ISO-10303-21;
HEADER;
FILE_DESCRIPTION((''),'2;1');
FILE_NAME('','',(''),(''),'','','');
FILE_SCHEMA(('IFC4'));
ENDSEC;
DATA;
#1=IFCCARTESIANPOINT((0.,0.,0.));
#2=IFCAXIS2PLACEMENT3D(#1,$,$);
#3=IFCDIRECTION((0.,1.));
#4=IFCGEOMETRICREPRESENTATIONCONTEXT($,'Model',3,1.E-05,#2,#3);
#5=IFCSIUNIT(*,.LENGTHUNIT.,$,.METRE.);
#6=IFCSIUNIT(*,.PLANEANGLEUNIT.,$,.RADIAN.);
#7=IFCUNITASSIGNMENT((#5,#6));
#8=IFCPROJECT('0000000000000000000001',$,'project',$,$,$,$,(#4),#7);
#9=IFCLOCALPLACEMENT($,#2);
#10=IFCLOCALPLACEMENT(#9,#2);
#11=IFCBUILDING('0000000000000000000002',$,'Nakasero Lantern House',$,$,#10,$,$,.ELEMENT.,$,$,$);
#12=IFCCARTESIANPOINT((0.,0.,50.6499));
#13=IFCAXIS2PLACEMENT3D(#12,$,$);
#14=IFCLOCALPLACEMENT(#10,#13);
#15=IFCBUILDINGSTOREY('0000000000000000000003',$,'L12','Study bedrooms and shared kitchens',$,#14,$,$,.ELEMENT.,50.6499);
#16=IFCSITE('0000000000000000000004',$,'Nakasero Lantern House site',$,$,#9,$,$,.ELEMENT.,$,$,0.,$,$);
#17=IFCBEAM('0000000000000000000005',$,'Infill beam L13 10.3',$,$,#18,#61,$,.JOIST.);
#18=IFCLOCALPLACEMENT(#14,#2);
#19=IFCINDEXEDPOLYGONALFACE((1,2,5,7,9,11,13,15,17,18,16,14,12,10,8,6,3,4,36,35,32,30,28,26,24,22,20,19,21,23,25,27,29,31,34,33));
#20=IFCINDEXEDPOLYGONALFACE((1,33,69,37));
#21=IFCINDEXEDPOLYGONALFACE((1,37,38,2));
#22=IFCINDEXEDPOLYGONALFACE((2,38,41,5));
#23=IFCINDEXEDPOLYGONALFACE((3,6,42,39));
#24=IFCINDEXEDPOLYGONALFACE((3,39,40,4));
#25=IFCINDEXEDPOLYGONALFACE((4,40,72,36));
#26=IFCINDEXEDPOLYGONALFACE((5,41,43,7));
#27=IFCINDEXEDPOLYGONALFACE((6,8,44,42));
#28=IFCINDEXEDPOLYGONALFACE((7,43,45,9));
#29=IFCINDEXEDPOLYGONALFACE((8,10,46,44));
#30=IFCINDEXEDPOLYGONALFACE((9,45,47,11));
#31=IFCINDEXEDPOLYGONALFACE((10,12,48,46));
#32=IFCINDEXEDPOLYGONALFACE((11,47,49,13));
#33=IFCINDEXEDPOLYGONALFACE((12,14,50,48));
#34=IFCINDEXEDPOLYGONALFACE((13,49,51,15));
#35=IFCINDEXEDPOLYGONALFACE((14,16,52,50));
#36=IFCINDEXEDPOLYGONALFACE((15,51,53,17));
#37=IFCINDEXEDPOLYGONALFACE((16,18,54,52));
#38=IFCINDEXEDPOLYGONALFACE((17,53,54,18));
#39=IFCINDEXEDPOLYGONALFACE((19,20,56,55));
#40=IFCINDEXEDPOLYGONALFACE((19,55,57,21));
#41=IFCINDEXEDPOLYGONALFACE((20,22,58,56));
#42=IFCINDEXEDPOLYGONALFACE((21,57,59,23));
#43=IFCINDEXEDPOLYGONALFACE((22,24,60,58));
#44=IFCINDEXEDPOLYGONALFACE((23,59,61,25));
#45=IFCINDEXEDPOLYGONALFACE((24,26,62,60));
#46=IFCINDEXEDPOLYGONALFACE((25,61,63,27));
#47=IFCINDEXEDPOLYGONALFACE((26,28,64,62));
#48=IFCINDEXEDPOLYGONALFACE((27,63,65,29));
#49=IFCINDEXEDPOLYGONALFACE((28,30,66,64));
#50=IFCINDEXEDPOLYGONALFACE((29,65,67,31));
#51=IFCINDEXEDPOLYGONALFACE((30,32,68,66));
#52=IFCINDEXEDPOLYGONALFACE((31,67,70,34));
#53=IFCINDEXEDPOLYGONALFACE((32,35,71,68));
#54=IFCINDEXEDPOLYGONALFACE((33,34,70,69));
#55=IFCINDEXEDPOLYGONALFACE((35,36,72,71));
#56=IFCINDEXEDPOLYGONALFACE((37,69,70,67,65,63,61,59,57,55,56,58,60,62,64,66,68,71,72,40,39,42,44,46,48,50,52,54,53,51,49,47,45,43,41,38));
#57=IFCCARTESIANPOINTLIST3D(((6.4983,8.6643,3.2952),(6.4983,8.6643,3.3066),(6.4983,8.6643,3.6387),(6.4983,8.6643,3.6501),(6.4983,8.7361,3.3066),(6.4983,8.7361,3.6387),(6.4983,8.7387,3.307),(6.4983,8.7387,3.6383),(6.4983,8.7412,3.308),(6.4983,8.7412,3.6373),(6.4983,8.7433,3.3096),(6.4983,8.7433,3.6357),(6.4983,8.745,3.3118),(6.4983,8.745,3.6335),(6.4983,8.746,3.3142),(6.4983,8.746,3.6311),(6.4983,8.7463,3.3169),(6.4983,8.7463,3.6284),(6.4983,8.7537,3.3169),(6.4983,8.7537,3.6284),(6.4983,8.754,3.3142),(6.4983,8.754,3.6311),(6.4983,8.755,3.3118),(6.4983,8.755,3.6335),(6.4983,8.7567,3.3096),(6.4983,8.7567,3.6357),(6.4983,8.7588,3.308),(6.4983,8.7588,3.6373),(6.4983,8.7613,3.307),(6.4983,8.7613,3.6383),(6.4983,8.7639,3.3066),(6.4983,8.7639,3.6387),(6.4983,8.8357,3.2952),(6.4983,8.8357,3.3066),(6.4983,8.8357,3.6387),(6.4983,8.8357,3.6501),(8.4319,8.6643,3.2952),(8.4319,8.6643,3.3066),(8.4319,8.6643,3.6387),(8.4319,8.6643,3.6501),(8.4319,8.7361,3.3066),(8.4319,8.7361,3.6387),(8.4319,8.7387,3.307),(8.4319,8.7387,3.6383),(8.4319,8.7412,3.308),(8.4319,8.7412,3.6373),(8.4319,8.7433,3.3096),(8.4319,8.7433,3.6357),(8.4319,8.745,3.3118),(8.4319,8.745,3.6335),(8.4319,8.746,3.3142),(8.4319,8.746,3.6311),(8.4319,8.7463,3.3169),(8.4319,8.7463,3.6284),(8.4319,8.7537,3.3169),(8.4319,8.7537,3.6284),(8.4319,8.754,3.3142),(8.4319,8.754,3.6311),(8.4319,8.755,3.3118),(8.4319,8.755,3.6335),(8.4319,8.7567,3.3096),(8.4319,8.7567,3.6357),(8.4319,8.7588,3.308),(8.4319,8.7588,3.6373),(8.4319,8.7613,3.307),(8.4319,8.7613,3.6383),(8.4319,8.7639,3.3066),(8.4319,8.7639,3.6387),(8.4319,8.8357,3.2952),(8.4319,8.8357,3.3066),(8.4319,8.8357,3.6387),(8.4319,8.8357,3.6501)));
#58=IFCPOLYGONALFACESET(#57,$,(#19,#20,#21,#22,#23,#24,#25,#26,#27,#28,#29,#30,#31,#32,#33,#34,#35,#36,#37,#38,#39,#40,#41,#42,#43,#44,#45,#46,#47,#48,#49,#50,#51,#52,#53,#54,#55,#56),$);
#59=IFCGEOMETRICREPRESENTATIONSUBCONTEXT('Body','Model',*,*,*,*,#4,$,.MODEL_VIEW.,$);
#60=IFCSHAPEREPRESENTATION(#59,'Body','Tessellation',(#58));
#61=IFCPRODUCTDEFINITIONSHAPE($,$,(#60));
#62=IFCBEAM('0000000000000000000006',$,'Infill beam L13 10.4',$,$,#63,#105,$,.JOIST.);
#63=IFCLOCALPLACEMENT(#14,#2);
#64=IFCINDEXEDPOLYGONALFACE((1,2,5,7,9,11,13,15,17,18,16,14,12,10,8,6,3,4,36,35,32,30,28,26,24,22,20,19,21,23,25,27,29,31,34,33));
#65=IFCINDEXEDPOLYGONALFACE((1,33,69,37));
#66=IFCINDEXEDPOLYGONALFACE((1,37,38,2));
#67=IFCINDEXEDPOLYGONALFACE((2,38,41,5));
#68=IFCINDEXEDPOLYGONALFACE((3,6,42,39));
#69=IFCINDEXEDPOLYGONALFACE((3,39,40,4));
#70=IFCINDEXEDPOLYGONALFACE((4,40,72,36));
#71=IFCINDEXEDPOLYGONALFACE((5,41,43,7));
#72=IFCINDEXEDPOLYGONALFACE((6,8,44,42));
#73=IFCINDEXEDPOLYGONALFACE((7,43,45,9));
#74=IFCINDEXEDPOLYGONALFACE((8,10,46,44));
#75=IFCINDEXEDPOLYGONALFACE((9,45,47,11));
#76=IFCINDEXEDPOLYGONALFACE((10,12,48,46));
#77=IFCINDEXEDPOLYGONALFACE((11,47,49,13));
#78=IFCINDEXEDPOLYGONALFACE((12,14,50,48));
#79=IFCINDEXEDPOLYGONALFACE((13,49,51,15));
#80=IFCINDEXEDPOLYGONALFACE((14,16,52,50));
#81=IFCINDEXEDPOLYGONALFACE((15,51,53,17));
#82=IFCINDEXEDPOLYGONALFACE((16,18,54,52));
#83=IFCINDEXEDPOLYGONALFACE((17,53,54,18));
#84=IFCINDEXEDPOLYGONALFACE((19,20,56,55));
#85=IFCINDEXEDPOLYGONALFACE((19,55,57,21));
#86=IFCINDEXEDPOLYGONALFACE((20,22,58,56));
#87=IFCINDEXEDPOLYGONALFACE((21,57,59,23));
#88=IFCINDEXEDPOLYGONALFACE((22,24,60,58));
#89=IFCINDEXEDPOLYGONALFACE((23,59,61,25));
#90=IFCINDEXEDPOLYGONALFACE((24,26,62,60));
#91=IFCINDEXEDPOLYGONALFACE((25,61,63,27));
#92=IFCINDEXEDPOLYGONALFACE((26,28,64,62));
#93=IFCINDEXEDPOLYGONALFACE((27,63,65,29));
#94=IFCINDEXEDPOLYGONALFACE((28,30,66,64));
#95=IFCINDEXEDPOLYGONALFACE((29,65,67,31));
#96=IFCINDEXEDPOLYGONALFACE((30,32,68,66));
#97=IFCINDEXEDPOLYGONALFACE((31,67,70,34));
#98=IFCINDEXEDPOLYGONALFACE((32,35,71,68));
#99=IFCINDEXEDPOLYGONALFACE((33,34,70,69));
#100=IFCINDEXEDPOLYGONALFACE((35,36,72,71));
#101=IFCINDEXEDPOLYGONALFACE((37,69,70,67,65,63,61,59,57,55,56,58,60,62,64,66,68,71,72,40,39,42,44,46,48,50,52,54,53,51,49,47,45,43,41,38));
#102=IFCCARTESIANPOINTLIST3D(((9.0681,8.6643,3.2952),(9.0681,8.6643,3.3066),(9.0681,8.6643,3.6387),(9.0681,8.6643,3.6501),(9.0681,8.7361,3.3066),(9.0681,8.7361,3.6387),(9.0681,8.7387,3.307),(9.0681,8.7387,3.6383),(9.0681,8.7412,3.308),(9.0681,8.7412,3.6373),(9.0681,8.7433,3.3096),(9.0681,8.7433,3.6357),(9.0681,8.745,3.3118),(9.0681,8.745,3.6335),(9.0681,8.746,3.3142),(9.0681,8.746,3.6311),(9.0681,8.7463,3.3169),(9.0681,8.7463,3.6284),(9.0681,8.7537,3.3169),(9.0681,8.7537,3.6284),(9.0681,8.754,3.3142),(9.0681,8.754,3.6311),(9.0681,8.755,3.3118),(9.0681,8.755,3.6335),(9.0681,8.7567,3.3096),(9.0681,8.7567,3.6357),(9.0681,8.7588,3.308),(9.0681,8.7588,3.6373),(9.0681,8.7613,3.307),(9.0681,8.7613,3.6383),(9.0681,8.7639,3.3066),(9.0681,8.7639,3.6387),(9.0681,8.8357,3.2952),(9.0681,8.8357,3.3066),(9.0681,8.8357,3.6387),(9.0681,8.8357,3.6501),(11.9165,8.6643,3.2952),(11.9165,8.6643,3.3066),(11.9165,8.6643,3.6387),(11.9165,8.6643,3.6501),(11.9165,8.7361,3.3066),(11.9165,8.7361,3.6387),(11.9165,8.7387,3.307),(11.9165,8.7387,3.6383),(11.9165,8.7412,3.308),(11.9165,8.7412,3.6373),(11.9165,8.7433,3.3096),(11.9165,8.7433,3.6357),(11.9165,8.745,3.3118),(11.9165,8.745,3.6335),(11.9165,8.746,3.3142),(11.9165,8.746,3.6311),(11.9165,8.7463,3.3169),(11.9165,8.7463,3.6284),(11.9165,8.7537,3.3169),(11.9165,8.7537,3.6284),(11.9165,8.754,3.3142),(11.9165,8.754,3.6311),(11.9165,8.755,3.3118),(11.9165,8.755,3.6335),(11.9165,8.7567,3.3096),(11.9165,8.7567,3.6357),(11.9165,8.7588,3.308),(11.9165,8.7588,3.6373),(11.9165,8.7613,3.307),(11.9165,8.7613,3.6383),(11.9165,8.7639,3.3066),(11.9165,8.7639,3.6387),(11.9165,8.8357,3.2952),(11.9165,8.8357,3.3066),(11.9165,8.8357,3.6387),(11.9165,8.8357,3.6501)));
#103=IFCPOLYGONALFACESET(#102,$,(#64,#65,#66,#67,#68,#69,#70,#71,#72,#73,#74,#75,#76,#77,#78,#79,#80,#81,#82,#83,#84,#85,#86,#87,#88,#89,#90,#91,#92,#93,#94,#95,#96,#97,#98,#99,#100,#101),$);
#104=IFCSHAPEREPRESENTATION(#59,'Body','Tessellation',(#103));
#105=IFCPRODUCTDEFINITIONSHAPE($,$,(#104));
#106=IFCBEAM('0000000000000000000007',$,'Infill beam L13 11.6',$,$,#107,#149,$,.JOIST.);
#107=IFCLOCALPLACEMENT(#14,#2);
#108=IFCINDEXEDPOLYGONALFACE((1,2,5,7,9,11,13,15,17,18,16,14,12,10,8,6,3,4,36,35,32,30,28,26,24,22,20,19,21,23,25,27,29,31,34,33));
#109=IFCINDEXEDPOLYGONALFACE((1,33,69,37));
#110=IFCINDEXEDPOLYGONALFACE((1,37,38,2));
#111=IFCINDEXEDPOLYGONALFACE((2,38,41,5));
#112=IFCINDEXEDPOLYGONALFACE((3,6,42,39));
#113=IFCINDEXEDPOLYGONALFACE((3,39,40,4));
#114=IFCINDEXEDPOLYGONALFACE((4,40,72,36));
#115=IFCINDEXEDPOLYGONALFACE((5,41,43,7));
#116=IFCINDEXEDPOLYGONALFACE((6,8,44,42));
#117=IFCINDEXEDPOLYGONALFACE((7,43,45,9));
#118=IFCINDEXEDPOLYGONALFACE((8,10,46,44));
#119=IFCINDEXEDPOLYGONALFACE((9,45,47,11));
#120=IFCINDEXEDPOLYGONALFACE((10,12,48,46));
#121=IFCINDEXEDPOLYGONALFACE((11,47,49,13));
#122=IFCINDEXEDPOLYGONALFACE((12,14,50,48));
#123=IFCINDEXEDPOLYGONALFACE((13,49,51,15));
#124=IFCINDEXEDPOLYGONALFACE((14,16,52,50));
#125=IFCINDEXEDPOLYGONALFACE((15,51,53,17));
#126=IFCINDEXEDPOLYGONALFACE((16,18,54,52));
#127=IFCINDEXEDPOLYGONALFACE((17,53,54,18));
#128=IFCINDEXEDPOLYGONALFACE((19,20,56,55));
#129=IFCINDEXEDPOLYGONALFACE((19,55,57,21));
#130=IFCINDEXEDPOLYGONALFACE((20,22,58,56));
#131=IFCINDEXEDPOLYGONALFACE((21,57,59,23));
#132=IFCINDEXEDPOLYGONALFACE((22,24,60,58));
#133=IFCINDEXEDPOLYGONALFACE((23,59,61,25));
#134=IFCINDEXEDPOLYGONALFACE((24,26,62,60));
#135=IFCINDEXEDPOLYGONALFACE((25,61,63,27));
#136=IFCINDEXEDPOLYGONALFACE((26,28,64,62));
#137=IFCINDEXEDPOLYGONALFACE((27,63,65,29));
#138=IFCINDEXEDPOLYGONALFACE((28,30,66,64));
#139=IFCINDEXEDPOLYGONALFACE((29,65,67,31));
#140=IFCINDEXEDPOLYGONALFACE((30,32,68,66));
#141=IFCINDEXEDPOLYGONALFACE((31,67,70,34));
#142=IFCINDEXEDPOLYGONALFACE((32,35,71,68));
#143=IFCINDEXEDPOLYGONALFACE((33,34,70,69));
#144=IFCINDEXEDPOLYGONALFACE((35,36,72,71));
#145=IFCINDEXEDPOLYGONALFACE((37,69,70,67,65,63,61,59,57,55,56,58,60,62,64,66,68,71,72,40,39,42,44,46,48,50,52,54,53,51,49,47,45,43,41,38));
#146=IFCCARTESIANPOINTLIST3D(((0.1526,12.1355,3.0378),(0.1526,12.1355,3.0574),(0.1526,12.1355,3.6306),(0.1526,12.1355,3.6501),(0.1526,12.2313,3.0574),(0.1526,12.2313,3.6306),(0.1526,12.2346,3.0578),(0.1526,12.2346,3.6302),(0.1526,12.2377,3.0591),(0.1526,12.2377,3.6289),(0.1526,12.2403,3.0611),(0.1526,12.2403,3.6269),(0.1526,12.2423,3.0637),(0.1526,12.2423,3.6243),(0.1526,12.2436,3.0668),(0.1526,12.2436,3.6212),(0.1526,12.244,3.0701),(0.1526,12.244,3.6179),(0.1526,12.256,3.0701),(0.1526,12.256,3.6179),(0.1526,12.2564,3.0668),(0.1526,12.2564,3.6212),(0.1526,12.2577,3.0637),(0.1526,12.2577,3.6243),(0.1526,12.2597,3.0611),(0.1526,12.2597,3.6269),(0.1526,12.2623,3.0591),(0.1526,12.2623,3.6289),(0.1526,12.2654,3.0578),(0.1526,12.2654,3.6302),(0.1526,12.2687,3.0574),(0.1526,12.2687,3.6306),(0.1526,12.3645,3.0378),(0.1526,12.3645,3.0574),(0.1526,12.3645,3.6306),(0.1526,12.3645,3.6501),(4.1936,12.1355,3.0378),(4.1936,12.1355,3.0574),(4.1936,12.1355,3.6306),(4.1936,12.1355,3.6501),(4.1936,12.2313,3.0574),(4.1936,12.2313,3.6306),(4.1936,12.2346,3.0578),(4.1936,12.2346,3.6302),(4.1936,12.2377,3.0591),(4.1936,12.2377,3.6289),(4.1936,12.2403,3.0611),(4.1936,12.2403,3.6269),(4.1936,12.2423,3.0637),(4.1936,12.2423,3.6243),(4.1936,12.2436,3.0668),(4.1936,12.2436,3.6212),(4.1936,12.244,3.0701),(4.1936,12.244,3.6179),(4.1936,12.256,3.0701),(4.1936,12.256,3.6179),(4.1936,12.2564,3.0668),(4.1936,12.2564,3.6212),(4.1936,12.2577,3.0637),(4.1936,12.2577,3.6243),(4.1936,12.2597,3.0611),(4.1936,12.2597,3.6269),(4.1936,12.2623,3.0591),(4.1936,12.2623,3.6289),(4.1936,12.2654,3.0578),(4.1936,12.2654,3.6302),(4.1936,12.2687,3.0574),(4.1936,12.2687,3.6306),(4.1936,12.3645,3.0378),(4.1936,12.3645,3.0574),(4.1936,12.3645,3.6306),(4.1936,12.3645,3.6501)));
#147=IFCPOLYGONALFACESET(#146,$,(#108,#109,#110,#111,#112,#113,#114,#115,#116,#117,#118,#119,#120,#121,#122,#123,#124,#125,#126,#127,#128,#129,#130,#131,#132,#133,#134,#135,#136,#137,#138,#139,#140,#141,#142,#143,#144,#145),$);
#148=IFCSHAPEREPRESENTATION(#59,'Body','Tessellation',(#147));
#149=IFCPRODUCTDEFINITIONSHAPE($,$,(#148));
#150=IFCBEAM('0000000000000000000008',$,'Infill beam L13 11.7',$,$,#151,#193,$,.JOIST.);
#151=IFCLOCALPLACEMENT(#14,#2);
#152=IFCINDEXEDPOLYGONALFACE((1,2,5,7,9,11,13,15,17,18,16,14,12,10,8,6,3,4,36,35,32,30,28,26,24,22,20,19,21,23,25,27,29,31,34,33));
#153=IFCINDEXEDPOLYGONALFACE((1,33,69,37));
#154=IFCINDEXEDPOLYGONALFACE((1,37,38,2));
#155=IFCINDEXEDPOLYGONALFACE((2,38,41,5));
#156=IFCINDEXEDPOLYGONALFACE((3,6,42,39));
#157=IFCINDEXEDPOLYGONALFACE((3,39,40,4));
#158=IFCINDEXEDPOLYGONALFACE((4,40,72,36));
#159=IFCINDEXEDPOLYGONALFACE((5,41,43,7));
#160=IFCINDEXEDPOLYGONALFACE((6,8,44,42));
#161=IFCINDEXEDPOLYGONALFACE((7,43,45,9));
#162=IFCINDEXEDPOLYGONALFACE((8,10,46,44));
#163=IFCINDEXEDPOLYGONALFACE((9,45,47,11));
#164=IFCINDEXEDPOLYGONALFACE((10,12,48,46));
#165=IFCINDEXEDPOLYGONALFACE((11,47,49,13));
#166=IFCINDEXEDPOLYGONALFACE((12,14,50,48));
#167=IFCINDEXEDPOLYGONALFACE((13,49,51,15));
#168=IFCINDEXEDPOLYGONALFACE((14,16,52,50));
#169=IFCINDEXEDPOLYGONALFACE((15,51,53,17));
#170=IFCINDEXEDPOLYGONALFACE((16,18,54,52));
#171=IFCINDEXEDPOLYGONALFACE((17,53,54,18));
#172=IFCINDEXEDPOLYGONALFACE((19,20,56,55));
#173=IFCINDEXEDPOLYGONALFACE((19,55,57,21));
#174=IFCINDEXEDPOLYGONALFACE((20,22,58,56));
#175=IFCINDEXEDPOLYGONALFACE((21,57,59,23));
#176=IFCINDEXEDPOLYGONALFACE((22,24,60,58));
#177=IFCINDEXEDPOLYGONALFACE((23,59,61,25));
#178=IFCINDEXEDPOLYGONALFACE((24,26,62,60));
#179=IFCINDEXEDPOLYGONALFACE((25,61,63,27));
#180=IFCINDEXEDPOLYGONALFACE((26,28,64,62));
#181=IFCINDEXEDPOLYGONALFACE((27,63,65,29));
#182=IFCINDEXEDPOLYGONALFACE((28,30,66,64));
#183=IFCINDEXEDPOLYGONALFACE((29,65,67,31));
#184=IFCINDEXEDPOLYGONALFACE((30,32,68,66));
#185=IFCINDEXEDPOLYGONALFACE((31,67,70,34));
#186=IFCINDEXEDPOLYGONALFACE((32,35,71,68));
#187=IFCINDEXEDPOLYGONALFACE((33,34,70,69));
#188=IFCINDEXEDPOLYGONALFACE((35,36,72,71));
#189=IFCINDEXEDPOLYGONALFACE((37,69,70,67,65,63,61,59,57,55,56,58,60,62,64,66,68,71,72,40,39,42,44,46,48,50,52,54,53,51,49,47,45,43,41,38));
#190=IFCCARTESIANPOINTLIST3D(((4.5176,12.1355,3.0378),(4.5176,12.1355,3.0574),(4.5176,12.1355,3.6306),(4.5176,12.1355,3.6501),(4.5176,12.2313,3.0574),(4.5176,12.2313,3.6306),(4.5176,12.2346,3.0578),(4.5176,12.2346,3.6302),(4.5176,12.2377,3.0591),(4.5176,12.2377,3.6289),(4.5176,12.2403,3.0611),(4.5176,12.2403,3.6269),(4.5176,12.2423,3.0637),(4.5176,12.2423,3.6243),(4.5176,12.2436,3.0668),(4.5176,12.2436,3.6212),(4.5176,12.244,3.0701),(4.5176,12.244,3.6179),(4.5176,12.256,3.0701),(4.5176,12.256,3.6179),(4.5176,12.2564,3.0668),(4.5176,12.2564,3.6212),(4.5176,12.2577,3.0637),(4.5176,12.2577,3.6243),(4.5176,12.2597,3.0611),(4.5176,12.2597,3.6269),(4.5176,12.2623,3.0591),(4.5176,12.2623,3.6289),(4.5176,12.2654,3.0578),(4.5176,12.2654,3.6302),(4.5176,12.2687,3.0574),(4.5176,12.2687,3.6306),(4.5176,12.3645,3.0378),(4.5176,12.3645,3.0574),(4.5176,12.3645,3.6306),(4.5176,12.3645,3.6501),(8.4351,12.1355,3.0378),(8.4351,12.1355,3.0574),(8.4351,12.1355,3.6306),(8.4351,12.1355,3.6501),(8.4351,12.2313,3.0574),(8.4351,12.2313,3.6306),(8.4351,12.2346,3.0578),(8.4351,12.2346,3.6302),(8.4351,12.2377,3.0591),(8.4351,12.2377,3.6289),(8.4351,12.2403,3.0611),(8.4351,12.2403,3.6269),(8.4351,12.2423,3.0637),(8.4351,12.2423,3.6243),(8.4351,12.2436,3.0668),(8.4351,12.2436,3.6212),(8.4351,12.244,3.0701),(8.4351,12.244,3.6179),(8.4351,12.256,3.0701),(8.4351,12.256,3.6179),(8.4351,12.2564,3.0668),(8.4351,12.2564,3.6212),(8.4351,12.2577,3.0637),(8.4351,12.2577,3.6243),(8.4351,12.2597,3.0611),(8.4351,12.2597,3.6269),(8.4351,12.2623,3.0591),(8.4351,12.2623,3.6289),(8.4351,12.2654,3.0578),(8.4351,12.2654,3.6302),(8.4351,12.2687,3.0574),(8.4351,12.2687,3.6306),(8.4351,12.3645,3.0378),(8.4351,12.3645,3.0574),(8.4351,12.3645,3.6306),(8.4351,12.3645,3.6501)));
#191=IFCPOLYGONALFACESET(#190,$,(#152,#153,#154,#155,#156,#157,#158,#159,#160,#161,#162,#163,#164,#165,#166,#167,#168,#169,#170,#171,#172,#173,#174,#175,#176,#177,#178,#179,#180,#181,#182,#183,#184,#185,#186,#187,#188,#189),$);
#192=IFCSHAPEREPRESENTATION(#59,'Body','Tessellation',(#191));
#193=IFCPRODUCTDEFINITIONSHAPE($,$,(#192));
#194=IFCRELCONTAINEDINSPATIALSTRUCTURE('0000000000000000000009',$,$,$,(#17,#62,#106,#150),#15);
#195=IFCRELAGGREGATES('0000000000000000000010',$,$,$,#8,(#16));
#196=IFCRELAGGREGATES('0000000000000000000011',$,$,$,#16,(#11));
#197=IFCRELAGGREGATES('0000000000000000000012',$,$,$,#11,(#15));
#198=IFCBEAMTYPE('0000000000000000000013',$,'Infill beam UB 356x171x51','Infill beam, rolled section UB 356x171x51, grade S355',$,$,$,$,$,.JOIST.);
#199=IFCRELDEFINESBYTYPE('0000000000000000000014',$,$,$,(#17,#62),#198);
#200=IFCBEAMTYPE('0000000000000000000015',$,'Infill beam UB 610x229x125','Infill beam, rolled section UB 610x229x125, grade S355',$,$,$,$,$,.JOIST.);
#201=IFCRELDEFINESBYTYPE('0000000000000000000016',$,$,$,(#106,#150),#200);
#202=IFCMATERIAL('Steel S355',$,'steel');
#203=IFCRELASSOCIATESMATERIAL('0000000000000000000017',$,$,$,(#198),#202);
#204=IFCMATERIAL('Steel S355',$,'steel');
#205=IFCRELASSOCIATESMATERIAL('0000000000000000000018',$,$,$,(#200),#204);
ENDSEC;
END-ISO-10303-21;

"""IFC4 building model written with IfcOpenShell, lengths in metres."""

from ifc_helpers import new_model, si_unit, direction, frame, origin, origin_2d, place, context, subcontext, project, spatial, i_section, extrude, material, material_profile, profile_set, type_object, element, save


model = new_model("IFC4")

# Units and contexts
model_context = context("Model", 3, precision=1e-05, world=origin(), true_north=direction((0.0, 1.0)))
body_context = subcontext(model_context, "Body", "Model", "MODEL_VIEW")
ifc_project = project(units=[si_unit("LENGTHUNIT", "METRE"), si_unit("PLANEANGLEUNIT", "RADIAN")], contexts=[model_context])

# Site, building, storey
site_placement = place(None, origin())
site = spatial("IfcSite", under=ifc_project, at=site_placement, Name="Nakasero Lantern House site", CompositionType="ELEMENT", RefElevation=0.0)
building_placement = place(site_placement, origin())
building = spatial("IfcBuilding", under=site, at=building_placement, Name="Nakasero Lantern House", CompositionType="ELEMENT")
storey_placement = place(building_placement, frame((0.0, 0.0, 50.6499)))
storey = spatial("IfcBuildingStorey", under=building, at=storey_placement, Name="L12", Description="Study bedrooms and shared kitchens", CompositionType="ELEMENT", Elevation=50.6499)

# Beams
ifc_material_1 = material(Name="Steel S355", Category="steel")
ifc_material_profile_1 = material_profile(ifc_material_1, i_section(OverallWidth=0.1714, OverallDepth=0.355, WebThickness=0.0073, FlangeThickness=0.0115, FilletRadius=0.0103, at=origin_2d()), Name="UB 356x171x51")
ifc_profile_set_1 = profile_set([ifc_material_profile_1], Name="Steel S355")
beam_type_1 = type_object("IfcBeamType", Name="Infill beam UB 356x171x51", Description="Infill beam, rolled section UB 356x171x51, grade S355", PredefinedType="JOIST", material=ifc_profile_set_1)
beam_1_placement = place(storey_placement, frame((6.4983, 8.75, 3.4727), z_axis=(1.0, 0.0, 0.0), x_axis=(0.0, 1.0, 0.0)))
element("IfcBeam", 1, at=beam_1_placement, inside=storey, type_object=beam_type_1, Name="Infill beam L13 10.3", PredefinedType="JOIST", context=body_context, shape_type="SweptSolid", body=[
    extrude(i_section(OverallWidth=0.1714, OverallDepth=0.355, WebThickness=0.0073, FlangeThickness=0.0115, FilletRadius=0.0103, at=origin_2d()), origin(), (0.0, 0.0, 1.0), 1.9336),
])
beam_2_placement = place(storey_placement, frame((9.0681, 8.75, 3.4727), z_axis=(1.0, 0.0, 0.0), x_axis=(0.0, 1.0, 0.0)))
element("IfcBeam", 2, at=beam_2_placement, inside=storey, type_object=beam_type_1, Name="Infill beam L13 10.4", PredefinedType="JOIST", context=body_context, shape_type="SweptSolid", body=[
    extrude(i_section(OverallWidth=0.1714, OverallDepth=0.355, WebThickness=0.0073, FlangeThickness=0.0115, FilletRadius=0.0103, at=origin_2d()), origin(), (0.0, 0.0, 1.0), 2.8484),
])
ifc_material_2 = material(Name="Steel S355", Category="steel")
ifc_material_profile_2 = material_profile(ifc_material_2, i_section(OverallWidth=0.229, OverallDepth=0.6123, WebThickness=0.012, FlangeThickness=0.0195, FilletRadius=0.0127, at=origin_2d()), Name="UB 610x229x125")
ifc_profile_set_2 = profile_set([ifc_material_profile_2], Name="Steel S355")
beam_type_2 = type_object("IfcBeamType", Name="Infill beam UB 610x229x125", Description="Infill beam, rolled section UB 610x229x125, grade S355", PredefinedType="JOIST", material=ifc_profile_set_2)
beam_3_placement = place(storey_placement, frame((0.1526, 12.25, 3.344), z_axis=(1.0, 0.0, 0.0), x_axis=(0.0, 1.0, 0.0)))
element("IfcBeam", 3, at=beam_3_placement, inside=storey, type_object=beam_type_2, Name="Infill beam L13 11.6", PredefinedType="JOIST", context=body_context, shape_type="SweptSolid", body=[
    extrude(i_section(OverallWidth=0.229, OverallDepth=0.6123, WebThickness=0.012, FlangeThickness=0.0195, FilletRadius=0.0127, at=origin_2d()), origin(), (0.0, 0.0, 1.0), 4.041),
])
beam_4_placement = place(storey_placement, frame((4.5176, 12.25, 3.344), z_axis=(1.0, 0.0, 0.0), x_axis=(0.0, 1.0, 0.0)))
element("IfcBeam", 4, at=beam_4_placement, inside=storey, type_object=beam_type_2, Name="Infill beam L13 11.7", PredefinedType="JOIST", context=body_context, shape_type="SweptSolid", body=[
    extrude(i_section(OverallWidth=0.229, OverallDepth=0.6123, WebThickness=0.012, FlangeThickness=0.0195, FilletRadius=0.0127, at=origin_2d()), origin(), (0.0, 0.0, 1.0), 3.9175),
])

save(model, "model.ifc")
